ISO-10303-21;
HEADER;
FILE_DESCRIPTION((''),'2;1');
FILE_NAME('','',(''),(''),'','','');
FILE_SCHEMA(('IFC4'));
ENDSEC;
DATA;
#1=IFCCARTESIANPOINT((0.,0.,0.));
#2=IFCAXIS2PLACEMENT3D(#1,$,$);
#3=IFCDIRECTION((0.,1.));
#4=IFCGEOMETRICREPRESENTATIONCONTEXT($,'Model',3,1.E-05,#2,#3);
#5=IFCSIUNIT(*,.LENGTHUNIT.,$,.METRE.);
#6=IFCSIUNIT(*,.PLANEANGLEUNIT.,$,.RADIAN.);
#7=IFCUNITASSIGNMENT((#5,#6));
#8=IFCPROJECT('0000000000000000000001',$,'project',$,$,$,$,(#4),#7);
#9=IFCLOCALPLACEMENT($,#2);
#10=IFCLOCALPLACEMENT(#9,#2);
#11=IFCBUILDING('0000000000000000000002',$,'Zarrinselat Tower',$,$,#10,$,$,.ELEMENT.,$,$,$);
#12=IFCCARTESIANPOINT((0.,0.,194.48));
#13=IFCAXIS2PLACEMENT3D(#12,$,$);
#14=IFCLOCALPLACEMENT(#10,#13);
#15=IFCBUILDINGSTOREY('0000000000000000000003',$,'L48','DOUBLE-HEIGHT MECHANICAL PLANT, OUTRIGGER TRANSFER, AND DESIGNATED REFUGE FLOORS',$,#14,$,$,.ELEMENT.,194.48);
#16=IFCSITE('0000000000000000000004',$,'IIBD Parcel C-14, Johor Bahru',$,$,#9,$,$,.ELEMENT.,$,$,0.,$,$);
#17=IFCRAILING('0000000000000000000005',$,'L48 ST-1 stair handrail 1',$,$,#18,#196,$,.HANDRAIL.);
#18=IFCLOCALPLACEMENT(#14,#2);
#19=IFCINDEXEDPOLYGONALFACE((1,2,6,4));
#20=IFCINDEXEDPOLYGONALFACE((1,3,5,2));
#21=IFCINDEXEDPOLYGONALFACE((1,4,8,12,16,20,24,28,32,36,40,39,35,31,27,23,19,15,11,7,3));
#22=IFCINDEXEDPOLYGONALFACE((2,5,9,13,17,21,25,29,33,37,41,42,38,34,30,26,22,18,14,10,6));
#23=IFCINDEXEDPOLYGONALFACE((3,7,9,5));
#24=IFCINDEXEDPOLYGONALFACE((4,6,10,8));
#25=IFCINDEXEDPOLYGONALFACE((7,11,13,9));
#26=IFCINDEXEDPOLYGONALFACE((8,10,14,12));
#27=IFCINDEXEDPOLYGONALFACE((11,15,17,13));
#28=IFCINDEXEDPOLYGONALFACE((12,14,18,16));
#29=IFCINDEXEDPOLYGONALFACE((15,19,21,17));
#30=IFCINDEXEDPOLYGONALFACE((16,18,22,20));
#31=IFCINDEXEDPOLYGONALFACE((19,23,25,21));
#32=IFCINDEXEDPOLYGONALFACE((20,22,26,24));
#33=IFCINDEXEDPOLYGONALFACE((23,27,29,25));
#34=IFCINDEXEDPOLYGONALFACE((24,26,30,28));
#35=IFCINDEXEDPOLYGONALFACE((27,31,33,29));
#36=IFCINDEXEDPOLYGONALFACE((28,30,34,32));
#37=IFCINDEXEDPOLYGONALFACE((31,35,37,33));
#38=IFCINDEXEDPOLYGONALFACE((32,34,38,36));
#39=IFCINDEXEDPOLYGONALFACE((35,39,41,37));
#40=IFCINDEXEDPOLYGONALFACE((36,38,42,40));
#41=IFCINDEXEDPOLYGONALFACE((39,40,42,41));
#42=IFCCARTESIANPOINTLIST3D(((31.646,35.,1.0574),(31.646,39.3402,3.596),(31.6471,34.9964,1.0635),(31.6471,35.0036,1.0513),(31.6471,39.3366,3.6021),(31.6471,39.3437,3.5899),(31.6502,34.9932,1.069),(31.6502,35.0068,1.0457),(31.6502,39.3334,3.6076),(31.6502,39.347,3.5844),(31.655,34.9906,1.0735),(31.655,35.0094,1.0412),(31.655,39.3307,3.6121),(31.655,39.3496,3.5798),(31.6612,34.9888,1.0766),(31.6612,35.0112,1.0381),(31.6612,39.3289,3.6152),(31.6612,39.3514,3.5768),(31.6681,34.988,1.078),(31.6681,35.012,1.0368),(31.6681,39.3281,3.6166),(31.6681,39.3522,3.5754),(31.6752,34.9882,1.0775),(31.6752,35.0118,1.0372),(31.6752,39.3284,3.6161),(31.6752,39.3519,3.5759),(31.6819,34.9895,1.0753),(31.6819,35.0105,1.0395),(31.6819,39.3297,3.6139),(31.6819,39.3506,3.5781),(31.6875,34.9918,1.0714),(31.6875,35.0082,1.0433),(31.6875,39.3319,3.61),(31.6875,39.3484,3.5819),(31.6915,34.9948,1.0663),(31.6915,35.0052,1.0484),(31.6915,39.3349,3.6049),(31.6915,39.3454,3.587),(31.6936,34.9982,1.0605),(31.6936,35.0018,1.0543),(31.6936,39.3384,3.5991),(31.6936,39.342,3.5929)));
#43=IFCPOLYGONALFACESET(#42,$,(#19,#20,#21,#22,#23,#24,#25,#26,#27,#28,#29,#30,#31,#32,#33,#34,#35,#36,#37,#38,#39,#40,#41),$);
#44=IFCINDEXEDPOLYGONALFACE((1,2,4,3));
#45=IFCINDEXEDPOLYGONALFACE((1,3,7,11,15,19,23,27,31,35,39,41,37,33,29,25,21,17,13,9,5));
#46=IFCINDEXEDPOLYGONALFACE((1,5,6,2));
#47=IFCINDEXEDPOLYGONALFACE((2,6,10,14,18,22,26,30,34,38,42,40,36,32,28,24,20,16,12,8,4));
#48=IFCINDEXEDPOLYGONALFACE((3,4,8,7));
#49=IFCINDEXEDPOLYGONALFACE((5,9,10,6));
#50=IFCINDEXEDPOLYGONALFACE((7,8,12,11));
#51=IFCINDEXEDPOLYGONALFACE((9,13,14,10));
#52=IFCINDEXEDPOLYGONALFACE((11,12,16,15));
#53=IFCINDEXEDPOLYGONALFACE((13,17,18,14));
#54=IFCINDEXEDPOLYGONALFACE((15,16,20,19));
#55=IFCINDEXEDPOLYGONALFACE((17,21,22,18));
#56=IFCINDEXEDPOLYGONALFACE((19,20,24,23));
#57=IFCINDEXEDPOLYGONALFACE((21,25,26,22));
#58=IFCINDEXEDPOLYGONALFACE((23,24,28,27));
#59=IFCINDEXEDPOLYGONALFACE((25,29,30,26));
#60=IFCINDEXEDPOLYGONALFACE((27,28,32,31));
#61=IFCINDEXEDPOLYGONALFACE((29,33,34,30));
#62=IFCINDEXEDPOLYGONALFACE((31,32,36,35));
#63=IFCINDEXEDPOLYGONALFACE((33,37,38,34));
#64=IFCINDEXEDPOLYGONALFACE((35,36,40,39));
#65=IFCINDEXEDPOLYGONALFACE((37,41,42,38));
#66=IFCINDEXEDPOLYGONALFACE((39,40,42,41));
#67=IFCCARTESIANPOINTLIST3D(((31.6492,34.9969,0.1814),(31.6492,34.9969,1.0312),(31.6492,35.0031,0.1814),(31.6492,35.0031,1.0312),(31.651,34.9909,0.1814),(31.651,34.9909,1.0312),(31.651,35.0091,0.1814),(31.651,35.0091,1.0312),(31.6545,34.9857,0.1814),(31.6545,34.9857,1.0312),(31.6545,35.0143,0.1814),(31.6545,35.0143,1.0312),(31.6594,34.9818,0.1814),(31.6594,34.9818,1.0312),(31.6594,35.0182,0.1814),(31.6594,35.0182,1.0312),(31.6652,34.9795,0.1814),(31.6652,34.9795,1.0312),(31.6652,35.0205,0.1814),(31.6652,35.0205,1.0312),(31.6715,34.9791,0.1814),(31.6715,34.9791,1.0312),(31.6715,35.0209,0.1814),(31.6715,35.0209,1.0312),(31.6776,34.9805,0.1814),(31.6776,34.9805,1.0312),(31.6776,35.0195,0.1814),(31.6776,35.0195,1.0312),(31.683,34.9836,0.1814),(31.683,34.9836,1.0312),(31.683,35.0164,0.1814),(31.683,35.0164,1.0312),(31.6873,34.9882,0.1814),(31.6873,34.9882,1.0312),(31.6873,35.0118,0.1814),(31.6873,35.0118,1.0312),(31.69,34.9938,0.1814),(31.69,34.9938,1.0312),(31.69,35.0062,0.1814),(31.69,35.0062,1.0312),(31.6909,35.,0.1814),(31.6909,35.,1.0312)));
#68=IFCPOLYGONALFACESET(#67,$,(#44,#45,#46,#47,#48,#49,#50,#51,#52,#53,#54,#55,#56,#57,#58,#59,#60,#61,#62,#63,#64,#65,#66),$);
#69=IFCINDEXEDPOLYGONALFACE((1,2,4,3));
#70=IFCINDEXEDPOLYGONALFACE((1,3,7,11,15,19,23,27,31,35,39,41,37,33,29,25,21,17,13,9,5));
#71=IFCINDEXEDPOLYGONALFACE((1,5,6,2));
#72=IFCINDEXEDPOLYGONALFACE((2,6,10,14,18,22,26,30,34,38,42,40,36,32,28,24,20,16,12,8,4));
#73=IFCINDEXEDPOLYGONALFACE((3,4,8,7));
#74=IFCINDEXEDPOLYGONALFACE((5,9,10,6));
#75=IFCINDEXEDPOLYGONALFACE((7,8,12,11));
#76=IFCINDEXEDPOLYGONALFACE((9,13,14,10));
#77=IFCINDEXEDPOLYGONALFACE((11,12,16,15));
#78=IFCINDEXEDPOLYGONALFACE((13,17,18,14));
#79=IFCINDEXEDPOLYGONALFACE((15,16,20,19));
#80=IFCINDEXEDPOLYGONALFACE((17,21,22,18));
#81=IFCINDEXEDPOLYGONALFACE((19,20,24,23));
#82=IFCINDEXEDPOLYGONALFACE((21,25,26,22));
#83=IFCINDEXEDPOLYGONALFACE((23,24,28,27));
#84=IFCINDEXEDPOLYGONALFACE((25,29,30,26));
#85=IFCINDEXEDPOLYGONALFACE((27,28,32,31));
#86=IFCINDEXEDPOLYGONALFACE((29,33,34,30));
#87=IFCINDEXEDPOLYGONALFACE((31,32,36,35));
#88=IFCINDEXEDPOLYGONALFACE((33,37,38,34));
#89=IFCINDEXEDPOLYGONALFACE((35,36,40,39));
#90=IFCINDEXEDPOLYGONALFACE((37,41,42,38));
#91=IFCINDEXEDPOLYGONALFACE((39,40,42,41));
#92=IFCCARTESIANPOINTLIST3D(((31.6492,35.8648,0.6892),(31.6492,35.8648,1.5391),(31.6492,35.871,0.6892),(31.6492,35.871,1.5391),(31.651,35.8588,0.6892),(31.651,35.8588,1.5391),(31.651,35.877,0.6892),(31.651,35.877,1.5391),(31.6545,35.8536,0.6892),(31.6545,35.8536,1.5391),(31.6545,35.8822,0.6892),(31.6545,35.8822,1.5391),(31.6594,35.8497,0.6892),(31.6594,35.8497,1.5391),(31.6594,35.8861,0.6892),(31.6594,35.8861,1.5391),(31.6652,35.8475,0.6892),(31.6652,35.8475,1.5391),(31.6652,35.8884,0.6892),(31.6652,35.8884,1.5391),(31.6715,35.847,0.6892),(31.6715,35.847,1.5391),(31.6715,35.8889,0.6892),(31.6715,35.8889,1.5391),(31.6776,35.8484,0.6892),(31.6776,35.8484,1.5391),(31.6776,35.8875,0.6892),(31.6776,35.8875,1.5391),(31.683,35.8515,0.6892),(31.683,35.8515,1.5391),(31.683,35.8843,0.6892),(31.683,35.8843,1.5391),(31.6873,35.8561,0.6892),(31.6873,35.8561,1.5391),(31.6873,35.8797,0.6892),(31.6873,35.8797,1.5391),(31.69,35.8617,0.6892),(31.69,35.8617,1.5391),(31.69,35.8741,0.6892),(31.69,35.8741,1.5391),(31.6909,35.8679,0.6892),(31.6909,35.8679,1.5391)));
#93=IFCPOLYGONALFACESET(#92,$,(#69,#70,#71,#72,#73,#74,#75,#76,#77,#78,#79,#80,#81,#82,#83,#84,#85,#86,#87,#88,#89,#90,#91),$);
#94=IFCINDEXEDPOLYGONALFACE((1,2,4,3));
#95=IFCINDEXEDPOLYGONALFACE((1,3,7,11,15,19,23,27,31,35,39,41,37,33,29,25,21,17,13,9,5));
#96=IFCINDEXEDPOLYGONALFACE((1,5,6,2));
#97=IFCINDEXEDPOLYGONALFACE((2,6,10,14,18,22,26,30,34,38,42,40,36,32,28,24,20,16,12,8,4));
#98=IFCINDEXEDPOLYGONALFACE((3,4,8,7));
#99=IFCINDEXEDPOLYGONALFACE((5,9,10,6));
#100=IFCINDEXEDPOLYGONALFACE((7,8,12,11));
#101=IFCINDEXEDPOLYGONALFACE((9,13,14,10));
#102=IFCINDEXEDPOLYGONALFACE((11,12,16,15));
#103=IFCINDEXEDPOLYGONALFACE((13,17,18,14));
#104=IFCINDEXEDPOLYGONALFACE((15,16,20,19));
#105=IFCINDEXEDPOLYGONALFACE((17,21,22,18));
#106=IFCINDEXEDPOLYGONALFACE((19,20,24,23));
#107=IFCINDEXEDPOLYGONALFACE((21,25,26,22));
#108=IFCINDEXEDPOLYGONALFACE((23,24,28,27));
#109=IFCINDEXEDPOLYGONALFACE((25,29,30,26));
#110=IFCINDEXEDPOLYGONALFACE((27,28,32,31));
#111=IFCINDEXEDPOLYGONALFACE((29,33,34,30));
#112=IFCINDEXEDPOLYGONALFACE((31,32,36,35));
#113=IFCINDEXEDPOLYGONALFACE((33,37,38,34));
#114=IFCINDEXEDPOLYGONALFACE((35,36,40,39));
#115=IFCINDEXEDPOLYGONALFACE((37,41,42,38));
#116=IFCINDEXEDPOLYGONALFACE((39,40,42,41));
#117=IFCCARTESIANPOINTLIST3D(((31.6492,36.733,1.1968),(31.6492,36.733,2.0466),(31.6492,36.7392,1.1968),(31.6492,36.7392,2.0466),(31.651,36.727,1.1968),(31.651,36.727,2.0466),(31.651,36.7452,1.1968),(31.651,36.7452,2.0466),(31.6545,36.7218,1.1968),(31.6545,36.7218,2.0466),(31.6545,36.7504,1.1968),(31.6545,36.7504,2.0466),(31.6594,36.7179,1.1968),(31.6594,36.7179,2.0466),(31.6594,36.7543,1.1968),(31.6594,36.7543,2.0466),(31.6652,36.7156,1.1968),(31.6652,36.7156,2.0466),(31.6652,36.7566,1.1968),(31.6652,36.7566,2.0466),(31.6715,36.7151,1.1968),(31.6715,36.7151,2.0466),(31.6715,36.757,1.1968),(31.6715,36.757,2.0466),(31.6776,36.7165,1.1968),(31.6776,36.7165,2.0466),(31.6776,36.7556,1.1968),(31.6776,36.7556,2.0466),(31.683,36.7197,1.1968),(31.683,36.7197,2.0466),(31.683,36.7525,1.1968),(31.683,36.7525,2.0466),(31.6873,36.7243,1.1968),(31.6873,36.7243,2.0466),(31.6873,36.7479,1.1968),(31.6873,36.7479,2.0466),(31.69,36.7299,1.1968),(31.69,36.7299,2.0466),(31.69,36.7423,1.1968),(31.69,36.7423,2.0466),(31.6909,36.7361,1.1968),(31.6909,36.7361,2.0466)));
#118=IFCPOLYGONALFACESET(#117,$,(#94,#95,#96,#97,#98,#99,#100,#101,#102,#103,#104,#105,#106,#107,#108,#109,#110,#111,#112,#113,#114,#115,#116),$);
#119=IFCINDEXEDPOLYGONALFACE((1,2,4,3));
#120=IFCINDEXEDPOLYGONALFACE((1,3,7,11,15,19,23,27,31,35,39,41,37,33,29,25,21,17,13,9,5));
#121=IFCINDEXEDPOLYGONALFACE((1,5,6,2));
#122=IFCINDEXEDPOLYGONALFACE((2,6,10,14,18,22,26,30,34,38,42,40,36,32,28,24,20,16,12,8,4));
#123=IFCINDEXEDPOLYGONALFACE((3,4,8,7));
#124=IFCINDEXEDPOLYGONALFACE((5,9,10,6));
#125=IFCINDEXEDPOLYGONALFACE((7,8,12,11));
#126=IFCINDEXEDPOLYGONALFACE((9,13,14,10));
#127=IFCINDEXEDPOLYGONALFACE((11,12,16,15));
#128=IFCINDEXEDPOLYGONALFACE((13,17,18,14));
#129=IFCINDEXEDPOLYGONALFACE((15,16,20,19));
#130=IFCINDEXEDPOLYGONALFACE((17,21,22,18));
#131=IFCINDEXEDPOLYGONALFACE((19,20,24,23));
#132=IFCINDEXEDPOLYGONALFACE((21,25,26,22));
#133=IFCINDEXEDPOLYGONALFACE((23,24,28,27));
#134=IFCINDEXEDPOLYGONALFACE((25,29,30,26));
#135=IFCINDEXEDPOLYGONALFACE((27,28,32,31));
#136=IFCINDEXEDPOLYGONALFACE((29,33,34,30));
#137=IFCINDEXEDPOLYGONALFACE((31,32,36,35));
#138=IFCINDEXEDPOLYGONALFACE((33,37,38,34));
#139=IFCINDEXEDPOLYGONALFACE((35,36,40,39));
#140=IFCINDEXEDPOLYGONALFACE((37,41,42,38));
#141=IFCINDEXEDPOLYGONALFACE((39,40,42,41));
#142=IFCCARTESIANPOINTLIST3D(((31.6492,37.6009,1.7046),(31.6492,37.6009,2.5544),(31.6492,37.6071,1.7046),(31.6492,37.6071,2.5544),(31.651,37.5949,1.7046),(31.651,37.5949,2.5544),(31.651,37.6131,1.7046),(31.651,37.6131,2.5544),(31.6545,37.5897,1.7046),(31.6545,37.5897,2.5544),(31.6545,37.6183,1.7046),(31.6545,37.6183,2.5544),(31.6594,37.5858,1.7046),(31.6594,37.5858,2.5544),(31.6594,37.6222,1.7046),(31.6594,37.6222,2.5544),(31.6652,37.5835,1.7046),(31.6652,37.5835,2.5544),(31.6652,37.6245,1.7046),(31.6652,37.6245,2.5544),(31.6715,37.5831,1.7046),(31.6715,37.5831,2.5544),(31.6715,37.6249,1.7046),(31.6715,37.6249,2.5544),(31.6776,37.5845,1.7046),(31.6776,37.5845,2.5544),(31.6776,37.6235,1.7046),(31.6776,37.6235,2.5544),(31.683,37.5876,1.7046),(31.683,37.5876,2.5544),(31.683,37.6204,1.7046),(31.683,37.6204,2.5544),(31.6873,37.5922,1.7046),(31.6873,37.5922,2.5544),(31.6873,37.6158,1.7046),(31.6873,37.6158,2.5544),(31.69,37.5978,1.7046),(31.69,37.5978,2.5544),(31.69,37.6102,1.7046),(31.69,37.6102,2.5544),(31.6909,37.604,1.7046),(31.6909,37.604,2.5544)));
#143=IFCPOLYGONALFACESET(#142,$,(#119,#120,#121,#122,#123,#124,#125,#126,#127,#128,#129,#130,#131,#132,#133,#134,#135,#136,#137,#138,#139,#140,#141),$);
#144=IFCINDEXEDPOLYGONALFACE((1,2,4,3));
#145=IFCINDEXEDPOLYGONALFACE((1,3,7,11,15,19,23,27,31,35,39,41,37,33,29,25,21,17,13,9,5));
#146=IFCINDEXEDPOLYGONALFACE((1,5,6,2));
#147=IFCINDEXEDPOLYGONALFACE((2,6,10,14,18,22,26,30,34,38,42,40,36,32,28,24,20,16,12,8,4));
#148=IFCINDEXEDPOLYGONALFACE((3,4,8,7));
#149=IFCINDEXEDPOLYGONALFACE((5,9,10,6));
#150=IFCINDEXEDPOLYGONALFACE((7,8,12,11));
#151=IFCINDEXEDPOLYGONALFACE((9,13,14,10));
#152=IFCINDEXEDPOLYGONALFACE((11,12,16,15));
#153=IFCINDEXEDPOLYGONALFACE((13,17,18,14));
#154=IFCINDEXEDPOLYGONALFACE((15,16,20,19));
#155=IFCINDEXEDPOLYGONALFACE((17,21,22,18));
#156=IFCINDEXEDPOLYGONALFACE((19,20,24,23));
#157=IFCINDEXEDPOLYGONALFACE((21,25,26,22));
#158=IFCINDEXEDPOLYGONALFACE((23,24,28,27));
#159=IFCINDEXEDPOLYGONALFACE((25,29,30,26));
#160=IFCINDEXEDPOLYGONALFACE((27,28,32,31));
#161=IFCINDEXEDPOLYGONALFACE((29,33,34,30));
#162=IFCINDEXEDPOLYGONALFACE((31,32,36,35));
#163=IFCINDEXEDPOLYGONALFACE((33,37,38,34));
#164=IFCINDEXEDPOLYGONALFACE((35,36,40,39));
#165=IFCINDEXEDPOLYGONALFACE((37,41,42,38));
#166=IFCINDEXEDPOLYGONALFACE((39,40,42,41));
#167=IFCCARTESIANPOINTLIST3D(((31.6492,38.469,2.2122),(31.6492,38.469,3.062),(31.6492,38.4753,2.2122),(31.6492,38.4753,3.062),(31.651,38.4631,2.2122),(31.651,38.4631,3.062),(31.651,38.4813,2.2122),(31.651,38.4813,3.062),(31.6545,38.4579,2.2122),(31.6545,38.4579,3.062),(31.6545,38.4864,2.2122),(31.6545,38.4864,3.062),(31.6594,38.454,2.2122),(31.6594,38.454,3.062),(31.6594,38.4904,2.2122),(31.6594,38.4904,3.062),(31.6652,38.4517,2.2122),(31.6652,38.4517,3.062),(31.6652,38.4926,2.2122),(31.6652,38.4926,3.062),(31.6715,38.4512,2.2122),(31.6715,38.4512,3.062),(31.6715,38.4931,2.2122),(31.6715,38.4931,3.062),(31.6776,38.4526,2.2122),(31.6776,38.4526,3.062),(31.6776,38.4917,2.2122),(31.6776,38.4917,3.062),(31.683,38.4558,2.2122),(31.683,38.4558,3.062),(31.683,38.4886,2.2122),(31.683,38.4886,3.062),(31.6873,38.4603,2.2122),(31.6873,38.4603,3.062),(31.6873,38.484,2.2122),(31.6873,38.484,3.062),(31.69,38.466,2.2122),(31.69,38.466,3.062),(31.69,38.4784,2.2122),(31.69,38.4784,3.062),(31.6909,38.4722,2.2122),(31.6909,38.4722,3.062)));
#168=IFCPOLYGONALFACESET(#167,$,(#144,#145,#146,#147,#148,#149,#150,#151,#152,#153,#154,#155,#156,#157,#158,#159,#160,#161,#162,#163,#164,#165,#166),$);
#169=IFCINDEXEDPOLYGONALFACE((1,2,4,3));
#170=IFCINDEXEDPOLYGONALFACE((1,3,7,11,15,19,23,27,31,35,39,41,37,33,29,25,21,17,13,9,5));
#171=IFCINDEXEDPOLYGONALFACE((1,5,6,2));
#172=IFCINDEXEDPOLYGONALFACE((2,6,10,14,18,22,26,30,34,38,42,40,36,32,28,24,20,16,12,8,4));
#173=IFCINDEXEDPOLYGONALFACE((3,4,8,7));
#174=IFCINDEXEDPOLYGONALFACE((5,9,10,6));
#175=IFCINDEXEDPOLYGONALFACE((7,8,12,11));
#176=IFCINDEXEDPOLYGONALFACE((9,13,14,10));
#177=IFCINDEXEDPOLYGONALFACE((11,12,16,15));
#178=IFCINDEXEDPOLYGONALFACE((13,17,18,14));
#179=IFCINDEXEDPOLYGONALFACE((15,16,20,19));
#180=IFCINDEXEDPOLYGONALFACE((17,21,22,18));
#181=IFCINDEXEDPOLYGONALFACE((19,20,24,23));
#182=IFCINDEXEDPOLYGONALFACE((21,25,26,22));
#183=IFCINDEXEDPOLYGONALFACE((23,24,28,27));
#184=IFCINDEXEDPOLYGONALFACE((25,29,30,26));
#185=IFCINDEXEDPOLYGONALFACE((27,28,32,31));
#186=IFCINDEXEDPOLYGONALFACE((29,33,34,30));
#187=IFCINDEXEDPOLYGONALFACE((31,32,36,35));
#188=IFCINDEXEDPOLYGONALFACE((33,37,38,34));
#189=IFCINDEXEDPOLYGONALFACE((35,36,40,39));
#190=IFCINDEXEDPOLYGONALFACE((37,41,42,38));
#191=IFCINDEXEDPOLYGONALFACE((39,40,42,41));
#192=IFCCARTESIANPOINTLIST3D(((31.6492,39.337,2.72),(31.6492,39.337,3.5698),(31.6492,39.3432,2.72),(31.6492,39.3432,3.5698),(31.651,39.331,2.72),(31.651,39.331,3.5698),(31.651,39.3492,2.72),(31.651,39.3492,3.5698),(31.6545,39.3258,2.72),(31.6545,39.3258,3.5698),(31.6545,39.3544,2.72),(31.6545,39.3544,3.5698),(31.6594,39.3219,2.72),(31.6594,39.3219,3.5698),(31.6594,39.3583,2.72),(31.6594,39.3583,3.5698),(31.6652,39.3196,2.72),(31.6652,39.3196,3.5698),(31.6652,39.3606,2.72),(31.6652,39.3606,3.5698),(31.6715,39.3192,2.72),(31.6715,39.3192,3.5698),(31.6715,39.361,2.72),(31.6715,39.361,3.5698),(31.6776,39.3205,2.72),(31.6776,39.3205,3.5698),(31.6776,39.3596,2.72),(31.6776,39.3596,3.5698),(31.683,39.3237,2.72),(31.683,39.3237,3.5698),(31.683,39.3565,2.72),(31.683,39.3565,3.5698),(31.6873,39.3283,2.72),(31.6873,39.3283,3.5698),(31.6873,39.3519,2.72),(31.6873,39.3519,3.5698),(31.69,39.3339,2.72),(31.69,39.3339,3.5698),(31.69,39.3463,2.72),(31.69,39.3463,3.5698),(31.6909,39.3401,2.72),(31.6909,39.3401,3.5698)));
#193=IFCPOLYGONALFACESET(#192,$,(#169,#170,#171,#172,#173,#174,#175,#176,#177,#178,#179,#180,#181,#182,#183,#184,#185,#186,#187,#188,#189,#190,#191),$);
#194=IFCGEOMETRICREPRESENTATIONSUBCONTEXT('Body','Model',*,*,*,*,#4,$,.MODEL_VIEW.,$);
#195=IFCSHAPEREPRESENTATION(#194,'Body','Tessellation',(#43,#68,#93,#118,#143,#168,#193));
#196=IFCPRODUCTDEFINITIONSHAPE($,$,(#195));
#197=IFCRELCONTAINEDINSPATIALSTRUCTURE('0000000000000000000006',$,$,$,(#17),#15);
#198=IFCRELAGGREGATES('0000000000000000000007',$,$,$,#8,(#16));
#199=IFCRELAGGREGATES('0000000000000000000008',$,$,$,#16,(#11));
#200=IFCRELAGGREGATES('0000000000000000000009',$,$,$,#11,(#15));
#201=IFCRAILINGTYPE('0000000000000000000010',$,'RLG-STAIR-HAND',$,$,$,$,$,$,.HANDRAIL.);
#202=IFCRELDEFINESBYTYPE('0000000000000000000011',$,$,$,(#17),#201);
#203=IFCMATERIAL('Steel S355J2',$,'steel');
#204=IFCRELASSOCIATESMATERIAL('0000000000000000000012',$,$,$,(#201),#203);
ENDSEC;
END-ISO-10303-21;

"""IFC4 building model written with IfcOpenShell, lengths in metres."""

from ifc_helpers import new_model, si_unit, direction, frame, origin, origin_2d, place, context, subcontext, project, spatial, circle, extrude, material, type_object, element, save


model = new_model("IFC4")

# Units and contexts
model_context = context("Model", 3, precision=1e-05, world=origin(), true_north=direction((0.0, 1.0)))
body_context = subcontext(model_context, "Body", "Model", "MODEL_VIEW")
ifc_project = project(units=[si_unit("LENGTHUNIT", "METRE"), si_unit("PLANEANGLEUNIT", "RADIAN")], contexts=[model_context])

# Site, building, storey
site_placement = place(None, origin())
site = spatial("IfcSite", under=ifc_project, at=site_placement, Name="IIBD Parcel C-14, Johor Bahru", CompositionType="ELEMENT", RefElevation=0.0)
building_placement = place(site_placement, origin())
building = spatial("IfcBuilding", under=site, at=building_placement, Name="Zarrinselat Tower", CompositionType="ELEMENT")
storey_placement = place(building_placement, frame((0.0, 0.0, 194.48)))
storey = spatial("IfcBuildingStorey", under=building, at=storey_placement, Name="L48", Description="DOUBLE-HEIGHT MECHANICAL PLANT, OUTRIGGER TRANSFER, AND DESIGNATED REFUGE FLOORS", CompositionType="ELEMENT", Elevation=194.48)

# Railing
ifc_material_1 = material(Name="Steel S355J2", Category="steel")
railing_type_1 = type_object("IfcRailingType", Name="RLG-STAIR-HAND", PredefinedType="HANDRAIL", material=ifc_material_1)
railing_1_placement = place(storey_placement, frame((31.6699, 35.0, 0.1814)))
element("IfcRailing", 1, at=railing_1_placement, inside=storey, type_object=railing_type_1, Name="L48 ST-1 stair handrail 1", PredefinedType="HANDRAIL", context=body_context, shape_type="SweptSolid", body=[
    extrude(circle(Radius=0.0239, at=origin_2d()), frame((0.0, 0.0, 0.876), z_axis=(0.0, 0.863185, 0.504888), x_axis=(-1.0, 0.0, 0.0)), (0.0, 0.0, 1.0), 5.0281),
    extrude(circle(Radius=0.021, at=origin_2d()), origin(), (0.0, 0.0, 1.0), 0.8499),
    extrude(circle(Radius=0.021, at=origin_2d()), frame((0.0, 0.8679, 0.5078)), (0.0, 0.0, 1.0), 0.8499),
    extrude(circle(Radius=0.021, at=origin_2d()), frame((0.0, 1.7361, 1.0154)), (0.0, 0.0, 1.0), 0.8499),
    extrude(circle(Radius=0.021, at=origin_2d()), frame((0.0, 2.604, 1.5232)), (0.0, 0.0, 1.0), 0.8499),
    extrude(circle(Radius=0.021, at=origin_2d()), frame((0.0, 3.4722, 2.0308)), (0.0, 0.0, 1.0), 0.8499),
    extrude(circle(Radius=0.021, at=origin_2d()), frame((0.0, 4.3401, 2.5386)), (0.0, 0.0, 1.0), 0.8499),
])

save(model, "model.ifc")
